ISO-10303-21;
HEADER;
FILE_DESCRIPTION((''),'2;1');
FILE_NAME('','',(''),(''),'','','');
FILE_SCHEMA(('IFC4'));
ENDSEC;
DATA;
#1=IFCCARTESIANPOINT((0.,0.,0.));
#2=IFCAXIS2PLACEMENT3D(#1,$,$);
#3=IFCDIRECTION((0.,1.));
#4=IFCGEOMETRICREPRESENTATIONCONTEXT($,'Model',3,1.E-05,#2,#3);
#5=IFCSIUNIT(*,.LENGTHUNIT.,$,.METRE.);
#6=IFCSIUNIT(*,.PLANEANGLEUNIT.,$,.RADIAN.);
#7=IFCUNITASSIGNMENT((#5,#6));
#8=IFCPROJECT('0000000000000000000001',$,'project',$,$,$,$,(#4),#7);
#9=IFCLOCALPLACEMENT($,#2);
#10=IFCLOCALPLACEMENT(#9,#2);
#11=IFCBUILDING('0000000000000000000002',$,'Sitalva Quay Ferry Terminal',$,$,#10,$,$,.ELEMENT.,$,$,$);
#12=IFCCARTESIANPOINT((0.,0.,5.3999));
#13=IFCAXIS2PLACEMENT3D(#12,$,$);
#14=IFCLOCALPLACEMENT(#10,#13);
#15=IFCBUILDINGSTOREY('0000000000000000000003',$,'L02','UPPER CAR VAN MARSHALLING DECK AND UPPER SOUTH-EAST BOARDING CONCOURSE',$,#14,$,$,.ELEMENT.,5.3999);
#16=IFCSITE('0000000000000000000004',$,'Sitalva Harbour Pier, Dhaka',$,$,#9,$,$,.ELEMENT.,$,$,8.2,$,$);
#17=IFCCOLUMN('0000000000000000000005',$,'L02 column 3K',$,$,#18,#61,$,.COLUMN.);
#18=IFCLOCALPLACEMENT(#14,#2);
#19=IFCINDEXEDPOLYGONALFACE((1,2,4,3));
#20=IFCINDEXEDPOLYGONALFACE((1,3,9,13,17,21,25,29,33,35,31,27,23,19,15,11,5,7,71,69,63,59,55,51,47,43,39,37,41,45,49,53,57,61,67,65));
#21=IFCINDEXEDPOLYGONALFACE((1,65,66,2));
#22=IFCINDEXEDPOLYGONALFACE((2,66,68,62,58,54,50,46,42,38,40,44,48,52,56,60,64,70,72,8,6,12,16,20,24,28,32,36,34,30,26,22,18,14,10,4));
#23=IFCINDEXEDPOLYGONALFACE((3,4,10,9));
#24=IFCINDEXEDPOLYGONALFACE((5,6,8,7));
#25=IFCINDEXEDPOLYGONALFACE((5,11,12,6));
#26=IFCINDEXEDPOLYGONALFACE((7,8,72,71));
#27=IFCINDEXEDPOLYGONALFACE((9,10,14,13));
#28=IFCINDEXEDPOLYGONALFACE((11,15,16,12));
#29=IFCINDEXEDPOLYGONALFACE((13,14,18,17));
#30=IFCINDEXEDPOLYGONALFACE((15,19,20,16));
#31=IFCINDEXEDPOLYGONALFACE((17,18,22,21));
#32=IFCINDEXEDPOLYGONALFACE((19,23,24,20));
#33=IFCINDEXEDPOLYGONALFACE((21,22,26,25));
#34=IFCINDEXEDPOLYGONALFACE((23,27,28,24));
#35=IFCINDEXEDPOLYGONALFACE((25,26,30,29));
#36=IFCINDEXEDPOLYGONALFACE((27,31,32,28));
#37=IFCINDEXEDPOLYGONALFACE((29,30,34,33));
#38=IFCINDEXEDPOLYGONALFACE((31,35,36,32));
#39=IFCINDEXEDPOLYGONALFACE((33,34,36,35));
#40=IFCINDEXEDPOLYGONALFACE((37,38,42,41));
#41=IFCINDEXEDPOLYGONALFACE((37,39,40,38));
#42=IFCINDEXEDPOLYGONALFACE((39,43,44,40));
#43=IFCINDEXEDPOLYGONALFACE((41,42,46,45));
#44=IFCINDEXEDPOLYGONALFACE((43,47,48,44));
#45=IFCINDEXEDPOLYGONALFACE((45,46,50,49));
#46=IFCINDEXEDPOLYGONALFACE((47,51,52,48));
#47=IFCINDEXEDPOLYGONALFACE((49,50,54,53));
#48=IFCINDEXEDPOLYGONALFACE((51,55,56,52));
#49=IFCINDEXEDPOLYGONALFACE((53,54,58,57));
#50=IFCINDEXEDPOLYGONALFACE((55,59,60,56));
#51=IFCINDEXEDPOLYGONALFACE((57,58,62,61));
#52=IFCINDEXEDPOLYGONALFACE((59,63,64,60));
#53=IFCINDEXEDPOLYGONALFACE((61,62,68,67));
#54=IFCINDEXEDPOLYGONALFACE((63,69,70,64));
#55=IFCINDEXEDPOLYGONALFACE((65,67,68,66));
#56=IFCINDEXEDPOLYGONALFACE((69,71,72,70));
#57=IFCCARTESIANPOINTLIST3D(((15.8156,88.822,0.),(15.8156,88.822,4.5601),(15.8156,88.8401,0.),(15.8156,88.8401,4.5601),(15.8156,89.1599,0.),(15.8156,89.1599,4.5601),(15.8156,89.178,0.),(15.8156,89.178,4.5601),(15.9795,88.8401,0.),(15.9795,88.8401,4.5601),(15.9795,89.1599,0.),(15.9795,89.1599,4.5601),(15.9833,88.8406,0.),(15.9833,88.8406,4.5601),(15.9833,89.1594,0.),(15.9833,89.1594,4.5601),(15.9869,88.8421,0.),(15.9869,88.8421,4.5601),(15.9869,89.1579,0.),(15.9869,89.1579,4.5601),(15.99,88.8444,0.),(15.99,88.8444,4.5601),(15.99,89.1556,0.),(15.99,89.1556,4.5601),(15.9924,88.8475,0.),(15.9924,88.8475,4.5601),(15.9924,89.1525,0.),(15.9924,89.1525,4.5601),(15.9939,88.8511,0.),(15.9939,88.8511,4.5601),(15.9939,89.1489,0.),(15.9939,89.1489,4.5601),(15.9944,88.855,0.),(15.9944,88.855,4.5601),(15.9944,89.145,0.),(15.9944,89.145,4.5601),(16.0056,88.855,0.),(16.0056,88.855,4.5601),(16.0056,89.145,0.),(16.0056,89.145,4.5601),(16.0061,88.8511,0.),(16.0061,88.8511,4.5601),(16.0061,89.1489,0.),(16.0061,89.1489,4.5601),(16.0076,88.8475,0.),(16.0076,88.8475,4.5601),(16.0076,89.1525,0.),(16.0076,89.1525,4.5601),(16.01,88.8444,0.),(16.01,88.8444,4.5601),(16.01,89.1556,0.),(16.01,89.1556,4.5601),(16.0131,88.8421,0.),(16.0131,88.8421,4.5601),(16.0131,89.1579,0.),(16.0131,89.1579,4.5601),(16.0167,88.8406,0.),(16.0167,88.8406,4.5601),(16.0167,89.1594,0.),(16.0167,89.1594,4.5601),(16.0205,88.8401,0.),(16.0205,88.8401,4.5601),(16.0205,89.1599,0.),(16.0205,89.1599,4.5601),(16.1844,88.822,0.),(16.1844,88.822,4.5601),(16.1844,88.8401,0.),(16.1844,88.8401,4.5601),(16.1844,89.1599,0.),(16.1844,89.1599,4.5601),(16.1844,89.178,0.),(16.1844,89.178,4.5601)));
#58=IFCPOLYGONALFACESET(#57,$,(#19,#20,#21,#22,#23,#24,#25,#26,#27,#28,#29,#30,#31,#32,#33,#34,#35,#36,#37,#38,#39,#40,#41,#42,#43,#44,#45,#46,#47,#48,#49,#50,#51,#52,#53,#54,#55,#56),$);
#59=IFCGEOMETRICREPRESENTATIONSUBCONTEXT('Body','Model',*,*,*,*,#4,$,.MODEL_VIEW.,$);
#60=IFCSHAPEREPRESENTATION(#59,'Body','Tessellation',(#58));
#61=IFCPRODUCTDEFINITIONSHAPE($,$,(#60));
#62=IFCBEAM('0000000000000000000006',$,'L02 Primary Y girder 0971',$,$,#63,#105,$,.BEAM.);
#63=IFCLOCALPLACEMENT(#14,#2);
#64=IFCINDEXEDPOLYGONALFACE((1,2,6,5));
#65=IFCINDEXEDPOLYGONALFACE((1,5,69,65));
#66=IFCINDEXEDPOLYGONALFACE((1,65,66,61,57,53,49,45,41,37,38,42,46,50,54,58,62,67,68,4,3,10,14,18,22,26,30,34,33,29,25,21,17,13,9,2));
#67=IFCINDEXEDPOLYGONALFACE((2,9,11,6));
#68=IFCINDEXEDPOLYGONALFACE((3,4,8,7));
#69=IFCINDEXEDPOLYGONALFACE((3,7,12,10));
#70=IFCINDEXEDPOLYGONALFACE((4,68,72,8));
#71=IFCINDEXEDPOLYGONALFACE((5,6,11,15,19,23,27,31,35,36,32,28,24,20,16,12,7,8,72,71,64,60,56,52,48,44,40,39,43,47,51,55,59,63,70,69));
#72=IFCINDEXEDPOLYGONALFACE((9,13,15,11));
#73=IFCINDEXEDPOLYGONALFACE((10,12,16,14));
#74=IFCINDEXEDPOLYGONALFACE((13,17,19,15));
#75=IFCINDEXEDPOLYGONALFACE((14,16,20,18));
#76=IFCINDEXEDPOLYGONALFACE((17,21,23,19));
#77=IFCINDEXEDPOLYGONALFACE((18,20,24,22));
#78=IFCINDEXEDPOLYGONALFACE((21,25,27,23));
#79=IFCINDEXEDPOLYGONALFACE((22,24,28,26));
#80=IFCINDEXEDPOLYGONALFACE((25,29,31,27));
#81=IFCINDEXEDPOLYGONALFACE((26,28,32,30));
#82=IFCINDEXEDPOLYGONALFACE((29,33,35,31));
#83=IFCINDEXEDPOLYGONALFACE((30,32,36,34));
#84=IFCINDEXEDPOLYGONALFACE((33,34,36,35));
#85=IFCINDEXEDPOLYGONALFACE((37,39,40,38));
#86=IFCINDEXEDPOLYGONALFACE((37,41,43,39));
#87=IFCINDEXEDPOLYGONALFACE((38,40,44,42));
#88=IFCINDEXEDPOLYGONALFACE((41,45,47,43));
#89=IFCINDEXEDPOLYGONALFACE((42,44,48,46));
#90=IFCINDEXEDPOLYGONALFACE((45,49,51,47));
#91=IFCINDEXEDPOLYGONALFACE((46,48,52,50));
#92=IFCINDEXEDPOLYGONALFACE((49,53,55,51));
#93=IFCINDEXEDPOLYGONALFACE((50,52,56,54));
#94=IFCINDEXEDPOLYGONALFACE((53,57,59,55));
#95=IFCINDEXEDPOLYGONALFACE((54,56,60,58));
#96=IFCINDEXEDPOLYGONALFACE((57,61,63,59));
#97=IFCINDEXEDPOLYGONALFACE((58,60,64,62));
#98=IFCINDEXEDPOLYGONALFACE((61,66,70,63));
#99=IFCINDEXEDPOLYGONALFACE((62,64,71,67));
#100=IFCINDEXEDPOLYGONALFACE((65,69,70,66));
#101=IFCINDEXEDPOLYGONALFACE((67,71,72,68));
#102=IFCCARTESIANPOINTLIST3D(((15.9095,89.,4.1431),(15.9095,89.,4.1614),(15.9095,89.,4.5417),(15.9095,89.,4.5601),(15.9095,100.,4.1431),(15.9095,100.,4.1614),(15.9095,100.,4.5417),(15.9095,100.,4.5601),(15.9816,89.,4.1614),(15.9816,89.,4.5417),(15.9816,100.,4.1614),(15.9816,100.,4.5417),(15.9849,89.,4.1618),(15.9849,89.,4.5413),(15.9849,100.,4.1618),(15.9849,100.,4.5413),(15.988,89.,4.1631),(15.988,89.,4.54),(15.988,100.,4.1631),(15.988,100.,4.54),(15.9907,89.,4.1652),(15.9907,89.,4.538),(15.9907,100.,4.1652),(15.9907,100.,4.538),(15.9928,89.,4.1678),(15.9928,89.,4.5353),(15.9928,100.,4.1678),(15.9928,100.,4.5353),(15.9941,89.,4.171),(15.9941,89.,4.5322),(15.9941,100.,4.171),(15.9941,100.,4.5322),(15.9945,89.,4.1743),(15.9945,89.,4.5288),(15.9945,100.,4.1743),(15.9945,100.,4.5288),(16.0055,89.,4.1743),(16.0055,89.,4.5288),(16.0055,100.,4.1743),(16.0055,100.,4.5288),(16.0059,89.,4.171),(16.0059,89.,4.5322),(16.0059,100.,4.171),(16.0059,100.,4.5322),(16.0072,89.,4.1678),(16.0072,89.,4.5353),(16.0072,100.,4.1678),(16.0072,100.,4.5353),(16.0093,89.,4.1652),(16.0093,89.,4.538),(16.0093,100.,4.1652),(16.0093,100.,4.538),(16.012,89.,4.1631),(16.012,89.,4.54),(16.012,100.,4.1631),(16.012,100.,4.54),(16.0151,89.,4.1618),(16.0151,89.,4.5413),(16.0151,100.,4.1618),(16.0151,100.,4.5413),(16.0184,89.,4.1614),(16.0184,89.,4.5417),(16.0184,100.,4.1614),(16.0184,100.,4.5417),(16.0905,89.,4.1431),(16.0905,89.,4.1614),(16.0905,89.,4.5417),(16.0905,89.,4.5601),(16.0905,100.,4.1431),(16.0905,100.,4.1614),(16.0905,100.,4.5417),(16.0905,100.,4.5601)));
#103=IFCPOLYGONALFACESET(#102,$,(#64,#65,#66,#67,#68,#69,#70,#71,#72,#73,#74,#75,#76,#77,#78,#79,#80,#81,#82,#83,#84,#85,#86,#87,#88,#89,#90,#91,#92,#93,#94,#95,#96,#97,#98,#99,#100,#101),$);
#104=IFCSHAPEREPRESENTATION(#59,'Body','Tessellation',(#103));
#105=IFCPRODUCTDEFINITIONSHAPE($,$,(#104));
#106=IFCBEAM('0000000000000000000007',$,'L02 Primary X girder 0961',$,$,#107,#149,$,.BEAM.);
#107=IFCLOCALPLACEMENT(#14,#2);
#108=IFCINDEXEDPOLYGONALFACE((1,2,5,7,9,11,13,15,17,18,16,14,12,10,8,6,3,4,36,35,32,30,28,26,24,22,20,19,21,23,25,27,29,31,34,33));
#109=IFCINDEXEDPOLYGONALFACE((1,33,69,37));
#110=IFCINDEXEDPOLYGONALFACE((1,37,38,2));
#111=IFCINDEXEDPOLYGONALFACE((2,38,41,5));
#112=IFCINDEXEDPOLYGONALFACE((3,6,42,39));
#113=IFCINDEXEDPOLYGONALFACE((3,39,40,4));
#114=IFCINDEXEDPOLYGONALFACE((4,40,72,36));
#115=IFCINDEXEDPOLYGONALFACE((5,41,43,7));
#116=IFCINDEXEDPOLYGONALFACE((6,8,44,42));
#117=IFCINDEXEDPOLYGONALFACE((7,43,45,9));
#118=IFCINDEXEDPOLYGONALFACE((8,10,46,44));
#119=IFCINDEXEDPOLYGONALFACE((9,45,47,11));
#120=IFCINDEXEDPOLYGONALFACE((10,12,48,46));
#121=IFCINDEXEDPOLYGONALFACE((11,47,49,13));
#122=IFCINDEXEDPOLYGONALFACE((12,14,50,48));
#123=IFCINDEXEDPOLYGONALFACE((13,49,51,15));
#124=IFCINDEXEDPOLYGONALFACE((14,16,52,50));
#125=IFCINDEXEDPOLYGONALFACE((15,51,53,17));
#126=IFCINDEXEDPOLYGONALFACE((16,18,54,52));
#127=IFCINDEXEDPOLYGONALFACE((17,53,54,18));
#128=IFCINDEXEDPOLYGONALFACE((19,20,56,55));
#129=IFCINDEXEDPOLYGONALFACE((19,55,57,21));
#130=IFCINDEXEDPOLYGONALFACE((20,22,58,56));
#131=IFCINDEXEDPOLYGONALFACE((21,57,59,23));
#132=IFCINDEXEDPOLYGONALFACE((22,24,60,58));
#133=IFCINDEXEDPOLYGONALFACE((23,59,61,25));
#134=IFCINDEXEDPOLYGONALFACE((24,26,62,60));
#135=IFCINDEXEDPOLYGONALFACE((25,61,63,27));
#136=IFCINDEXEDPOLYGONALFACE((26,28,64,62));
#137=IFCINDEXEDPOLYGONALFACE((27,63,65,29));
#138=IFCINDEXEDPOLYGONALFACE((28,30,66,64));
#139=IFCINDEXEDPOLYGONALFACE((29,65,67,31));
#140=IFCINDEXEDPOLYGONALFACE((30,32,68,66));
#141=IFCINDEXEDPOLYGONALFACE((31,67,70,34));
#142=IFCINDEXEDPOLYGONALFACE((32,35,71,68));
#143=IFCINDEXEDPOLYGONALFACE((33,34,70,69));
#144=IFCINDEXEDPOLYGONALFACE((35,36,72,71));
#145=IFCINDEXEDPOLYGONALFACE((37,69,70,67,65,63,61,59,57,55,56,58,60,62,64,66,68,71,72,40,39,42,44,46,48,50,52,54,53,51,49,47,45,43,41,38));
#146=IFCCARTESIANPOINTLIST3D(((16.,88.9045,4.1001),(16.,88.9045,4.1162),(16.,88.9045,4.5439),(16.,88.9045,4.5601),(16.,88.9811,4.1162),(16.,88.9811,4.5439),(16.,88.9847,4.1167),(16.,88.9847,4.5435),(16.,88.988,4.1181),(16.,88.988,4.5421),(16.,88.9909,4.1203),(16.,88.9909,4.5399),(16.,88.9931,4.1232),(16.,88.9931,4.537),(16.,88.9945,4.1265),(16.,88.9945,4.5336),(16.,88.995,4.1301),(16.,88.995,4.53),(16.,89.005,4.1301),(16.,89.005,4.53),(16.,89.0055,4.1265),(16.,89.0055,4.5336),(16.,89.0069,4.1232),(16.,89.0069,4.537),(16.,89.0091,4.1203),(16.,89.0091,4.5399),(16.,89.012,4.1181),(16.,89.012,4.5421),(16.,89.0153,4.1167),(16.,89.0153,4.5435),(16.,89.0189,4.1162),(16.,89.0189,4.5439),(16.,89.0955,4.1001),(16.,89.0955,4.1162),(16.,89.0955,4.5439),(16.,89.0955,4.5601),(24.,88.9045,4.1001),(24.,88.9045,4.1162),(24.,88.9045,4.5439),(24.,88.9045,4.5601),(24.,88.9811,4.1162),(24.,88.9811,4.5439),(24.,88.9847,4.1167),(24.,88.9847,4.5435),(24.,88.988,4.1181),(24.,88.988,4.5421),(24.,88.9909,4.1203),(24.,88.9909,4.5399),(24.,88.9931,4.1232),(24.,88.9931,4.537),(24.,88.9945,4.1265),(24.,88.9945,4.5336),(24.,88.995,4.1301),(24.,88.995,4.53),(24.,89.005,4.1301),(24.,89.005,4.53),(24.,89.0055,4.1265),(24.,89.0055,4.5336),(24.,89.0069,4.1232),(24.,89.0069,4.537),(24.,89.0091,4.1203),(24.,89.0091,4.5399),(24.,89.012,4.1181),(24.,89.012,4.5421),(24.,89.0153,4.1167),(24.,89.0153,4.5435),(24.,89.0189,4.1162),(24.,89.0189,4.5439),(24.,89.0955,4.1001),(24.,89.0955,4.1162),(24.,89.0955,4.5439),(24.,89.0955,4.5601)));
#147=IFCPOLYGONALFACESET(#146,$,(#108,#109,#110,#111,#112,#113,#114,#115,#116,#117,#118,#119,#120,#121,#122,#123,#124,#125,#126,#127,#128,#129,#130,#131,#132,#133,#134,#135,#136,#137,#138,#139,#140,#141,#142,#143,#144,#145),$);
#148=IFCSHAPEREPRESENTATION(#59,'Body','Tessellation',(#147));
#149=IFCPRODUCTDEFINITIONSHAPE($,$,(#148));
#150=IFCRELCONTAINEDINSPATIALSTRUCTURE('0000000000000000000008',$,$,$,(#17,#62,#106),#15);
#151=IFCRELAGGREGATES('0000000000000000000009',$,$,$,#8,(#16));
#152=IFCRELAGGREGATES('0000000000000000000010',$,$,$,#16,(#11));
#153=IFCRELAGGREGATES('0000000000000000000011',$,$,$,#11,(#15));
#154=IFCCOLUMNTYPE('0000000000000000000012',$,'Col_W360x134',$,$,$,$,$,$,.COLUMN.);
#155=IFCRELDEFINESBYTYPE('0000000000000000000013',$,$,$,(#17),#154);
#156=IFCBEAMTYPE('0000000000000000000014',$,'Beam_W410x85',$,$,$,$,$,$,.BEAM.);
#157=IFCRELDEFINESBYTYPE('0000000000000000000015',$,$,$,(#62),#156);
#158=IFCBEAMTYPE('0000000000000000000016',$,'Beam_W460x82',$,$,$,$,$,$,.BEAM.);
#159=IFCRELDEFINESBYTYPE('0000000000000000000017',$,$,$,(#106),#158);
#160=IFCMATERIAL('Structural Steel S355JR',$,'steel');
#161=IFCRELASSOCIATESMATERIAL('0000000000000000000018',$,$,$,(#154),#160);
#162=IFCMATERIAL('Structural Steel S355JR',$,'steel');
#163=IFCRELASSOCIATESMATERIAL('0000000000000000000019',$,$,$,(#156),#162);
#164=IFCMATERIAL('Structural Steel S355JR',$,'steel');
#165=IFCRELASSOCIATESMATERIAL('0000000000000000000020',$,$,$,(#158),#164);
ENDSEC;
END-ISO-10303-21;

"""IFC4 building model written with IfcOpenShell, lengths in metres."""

from ifc_helpers import new_model, si_unit, direction, frame, origin, origin_2d, place, context, subcontext, project, spatial, i_section, extrude, material, material_profile, profile_set, type_object, element, save


model = new_model("IFC4")

# Units and contexts
model_context = context("Model", 3, precision=1e-05, world=origin(), true_north=direction((0.0, 1.0)))
body_context = subcontext(model_context, "Body", "Model", "MODEL_VIEW")
ifc_project = project(units=[si_unit("LENGTHUNIT", "METRE"), si_unit("PLANEANGLEUNIT", "RADIAN")], contexts=[model_context])

# Site, building, storey
site_placement = place(None, origin())
site = spatial("IfcSite", under=ifc_project, at=site_placement, Name="Sitalva Harbour Pier, Dhaka", CompositionType="ELEMENT", RefElevation=8.2)
building_placement = place(site_placement, origin())
building = spatial("IfcBuilding", under=site, at=building_placement, Name="Sitalva Quay Ferry Terminal", CompositionType="ELEMENT")
storey_placement = place(building_placement, frame((0.0, 0.0, 5.3999)))
storey = spatial("IfcBuildingStorey", under=building, at=storey_placement, Name="L02", Description="UPPER CAR VAN MARSHALLING DECK AND UPPER SOUTH-EAST BOARDING CONCOURSE", CompositionType="ELEMENT", Elevation=5.3999)

# Column
ifc_material_1 = material(Name="Structural Steel S355JR", Category="steel")
ifc_material_profile_1 = material_profile(ifc_material_1, i_section(OverallWidth=0.3689, OverallDepth=0.356, WebThickness=0.0112, FlangeThickness=0.0181, FilletRadius=0.0149, at=origin_2d()), Name="W360x134")
ifc_profile_set_1 = profile_set([ifc_material_profile_1], Name="Structural Steel S355JR")
column_type = type_object("IfcColumnType", Name="Col_W360x134", PredefinedType="COLUMN", material=ifc_profile_set_1)
column_placement = place(storey_placement, frame((16.0, 89.0, 0.0), z_axis=(0.0, 0.0, 1.0), x_axis=(1.0, 0.0, 0.0)))
element("IfcColumn", 1, at=column_placement, inside=storey, type_object=column_type, Name="L02 column 3K", PredefinedType="COLUMN", context=body_context, shape_type="SweptSolid", body=[
    extrude(i_section(OverallWidth=0.3689, OverallDepth=0.356, WebThickness=0.0112, FlangeThickness=0.0181, FilletRadius=0.0149, at=origin_2d()), origin(), (0.0, 0.0, 1.0), 4.5601),
])

# Beams
ifc_material_2 = material(Name="Structural Steel S355JR", Category="steel")
ifc_material_profile_2 = material_profile(ifc_material_2, i_section(OverallWidth=0.1809, OverallDepth=0.417, WebThickness=0.011, FlangeThickness=0.0183, FilletRadius=0.0129, at=origin_2d()), Name="W410x85")
ifc_profile_set_2 = profile_set([ifc_material_profile_2], Name="Structural Steel S355JR")
beam_type_1 = type_object("IfcBeamType", Name="Beam_W410x85", PredefinedType="BEAM", material=ifc_profile_set_2)
beam_1_placement = place(storey_placement, frame((16.0, 89.0, 4.3516), z_axis=(0.0, 1.0, 0.0), x_axis=(-1.0, 0.0, 0.0)))
element("IfcBeam", 2, at=beam_1_placement, inside=storey, type_object=beam_type_1, Name="L02 Primary Y girder 0971", PredefinedType="BEAM", context=body_context, shape_type="SweptSolid", body=[
    extrude(i_section(OverallWidth=0.1809, OverallDepth=0.417, WebThickness=0.011, FlangeThickness=0.0183, FilletRadius=0.0129, at=origin_2d()), origin(), (0.0, 0.0, 1.0), 11.0),
])
ifc_material_3 = material(Name="Structural Steel S355JR", Category="steel")
ifc_material_profile_3 = material_profile(ifc_material_3, i_section(OverallWidth=0.1909, OverallDepth=0.46, WebThickness=0.01, FlangeThickness=0.0161, FilletRadius=0.0139, at=origin_2d()), Name="W460x82")
ifc_profile_set_3 = profile_set([ifc_material_profile_3], Name="Structural Steel S355JR")
beam_type_2 = type_object("IfcBeamType", Name="Beam_W460x82", PredefinedType="BEAM", material=ifc_profile_set_3)
beam_2_placement = place(storey_placement, frame((16.0, 89.0, 4.3301), z_axis=(1.0, 0.0, 0.0), x_axis=(0.0, 1.0, 0.0)))
element("IfcBeam", 3, at=beam_2_placement, inside=storey, type_object=beam_type_2, Name="L02 Primary X girder 0961", PredefinedType="BEAM", context=body_context, shape_type="SweptSolid", body=[
    extrude(i_section(OverallWidth=0.1909, OverallDepth=0.46, WebThickness=0.01, FlangeThickness=0.0161, FilletRadius=0.0139, at=origin_2d()), origin(), (0.0, 0.0, 1.0), 8.0),
])

save(model, "model.ifc")
